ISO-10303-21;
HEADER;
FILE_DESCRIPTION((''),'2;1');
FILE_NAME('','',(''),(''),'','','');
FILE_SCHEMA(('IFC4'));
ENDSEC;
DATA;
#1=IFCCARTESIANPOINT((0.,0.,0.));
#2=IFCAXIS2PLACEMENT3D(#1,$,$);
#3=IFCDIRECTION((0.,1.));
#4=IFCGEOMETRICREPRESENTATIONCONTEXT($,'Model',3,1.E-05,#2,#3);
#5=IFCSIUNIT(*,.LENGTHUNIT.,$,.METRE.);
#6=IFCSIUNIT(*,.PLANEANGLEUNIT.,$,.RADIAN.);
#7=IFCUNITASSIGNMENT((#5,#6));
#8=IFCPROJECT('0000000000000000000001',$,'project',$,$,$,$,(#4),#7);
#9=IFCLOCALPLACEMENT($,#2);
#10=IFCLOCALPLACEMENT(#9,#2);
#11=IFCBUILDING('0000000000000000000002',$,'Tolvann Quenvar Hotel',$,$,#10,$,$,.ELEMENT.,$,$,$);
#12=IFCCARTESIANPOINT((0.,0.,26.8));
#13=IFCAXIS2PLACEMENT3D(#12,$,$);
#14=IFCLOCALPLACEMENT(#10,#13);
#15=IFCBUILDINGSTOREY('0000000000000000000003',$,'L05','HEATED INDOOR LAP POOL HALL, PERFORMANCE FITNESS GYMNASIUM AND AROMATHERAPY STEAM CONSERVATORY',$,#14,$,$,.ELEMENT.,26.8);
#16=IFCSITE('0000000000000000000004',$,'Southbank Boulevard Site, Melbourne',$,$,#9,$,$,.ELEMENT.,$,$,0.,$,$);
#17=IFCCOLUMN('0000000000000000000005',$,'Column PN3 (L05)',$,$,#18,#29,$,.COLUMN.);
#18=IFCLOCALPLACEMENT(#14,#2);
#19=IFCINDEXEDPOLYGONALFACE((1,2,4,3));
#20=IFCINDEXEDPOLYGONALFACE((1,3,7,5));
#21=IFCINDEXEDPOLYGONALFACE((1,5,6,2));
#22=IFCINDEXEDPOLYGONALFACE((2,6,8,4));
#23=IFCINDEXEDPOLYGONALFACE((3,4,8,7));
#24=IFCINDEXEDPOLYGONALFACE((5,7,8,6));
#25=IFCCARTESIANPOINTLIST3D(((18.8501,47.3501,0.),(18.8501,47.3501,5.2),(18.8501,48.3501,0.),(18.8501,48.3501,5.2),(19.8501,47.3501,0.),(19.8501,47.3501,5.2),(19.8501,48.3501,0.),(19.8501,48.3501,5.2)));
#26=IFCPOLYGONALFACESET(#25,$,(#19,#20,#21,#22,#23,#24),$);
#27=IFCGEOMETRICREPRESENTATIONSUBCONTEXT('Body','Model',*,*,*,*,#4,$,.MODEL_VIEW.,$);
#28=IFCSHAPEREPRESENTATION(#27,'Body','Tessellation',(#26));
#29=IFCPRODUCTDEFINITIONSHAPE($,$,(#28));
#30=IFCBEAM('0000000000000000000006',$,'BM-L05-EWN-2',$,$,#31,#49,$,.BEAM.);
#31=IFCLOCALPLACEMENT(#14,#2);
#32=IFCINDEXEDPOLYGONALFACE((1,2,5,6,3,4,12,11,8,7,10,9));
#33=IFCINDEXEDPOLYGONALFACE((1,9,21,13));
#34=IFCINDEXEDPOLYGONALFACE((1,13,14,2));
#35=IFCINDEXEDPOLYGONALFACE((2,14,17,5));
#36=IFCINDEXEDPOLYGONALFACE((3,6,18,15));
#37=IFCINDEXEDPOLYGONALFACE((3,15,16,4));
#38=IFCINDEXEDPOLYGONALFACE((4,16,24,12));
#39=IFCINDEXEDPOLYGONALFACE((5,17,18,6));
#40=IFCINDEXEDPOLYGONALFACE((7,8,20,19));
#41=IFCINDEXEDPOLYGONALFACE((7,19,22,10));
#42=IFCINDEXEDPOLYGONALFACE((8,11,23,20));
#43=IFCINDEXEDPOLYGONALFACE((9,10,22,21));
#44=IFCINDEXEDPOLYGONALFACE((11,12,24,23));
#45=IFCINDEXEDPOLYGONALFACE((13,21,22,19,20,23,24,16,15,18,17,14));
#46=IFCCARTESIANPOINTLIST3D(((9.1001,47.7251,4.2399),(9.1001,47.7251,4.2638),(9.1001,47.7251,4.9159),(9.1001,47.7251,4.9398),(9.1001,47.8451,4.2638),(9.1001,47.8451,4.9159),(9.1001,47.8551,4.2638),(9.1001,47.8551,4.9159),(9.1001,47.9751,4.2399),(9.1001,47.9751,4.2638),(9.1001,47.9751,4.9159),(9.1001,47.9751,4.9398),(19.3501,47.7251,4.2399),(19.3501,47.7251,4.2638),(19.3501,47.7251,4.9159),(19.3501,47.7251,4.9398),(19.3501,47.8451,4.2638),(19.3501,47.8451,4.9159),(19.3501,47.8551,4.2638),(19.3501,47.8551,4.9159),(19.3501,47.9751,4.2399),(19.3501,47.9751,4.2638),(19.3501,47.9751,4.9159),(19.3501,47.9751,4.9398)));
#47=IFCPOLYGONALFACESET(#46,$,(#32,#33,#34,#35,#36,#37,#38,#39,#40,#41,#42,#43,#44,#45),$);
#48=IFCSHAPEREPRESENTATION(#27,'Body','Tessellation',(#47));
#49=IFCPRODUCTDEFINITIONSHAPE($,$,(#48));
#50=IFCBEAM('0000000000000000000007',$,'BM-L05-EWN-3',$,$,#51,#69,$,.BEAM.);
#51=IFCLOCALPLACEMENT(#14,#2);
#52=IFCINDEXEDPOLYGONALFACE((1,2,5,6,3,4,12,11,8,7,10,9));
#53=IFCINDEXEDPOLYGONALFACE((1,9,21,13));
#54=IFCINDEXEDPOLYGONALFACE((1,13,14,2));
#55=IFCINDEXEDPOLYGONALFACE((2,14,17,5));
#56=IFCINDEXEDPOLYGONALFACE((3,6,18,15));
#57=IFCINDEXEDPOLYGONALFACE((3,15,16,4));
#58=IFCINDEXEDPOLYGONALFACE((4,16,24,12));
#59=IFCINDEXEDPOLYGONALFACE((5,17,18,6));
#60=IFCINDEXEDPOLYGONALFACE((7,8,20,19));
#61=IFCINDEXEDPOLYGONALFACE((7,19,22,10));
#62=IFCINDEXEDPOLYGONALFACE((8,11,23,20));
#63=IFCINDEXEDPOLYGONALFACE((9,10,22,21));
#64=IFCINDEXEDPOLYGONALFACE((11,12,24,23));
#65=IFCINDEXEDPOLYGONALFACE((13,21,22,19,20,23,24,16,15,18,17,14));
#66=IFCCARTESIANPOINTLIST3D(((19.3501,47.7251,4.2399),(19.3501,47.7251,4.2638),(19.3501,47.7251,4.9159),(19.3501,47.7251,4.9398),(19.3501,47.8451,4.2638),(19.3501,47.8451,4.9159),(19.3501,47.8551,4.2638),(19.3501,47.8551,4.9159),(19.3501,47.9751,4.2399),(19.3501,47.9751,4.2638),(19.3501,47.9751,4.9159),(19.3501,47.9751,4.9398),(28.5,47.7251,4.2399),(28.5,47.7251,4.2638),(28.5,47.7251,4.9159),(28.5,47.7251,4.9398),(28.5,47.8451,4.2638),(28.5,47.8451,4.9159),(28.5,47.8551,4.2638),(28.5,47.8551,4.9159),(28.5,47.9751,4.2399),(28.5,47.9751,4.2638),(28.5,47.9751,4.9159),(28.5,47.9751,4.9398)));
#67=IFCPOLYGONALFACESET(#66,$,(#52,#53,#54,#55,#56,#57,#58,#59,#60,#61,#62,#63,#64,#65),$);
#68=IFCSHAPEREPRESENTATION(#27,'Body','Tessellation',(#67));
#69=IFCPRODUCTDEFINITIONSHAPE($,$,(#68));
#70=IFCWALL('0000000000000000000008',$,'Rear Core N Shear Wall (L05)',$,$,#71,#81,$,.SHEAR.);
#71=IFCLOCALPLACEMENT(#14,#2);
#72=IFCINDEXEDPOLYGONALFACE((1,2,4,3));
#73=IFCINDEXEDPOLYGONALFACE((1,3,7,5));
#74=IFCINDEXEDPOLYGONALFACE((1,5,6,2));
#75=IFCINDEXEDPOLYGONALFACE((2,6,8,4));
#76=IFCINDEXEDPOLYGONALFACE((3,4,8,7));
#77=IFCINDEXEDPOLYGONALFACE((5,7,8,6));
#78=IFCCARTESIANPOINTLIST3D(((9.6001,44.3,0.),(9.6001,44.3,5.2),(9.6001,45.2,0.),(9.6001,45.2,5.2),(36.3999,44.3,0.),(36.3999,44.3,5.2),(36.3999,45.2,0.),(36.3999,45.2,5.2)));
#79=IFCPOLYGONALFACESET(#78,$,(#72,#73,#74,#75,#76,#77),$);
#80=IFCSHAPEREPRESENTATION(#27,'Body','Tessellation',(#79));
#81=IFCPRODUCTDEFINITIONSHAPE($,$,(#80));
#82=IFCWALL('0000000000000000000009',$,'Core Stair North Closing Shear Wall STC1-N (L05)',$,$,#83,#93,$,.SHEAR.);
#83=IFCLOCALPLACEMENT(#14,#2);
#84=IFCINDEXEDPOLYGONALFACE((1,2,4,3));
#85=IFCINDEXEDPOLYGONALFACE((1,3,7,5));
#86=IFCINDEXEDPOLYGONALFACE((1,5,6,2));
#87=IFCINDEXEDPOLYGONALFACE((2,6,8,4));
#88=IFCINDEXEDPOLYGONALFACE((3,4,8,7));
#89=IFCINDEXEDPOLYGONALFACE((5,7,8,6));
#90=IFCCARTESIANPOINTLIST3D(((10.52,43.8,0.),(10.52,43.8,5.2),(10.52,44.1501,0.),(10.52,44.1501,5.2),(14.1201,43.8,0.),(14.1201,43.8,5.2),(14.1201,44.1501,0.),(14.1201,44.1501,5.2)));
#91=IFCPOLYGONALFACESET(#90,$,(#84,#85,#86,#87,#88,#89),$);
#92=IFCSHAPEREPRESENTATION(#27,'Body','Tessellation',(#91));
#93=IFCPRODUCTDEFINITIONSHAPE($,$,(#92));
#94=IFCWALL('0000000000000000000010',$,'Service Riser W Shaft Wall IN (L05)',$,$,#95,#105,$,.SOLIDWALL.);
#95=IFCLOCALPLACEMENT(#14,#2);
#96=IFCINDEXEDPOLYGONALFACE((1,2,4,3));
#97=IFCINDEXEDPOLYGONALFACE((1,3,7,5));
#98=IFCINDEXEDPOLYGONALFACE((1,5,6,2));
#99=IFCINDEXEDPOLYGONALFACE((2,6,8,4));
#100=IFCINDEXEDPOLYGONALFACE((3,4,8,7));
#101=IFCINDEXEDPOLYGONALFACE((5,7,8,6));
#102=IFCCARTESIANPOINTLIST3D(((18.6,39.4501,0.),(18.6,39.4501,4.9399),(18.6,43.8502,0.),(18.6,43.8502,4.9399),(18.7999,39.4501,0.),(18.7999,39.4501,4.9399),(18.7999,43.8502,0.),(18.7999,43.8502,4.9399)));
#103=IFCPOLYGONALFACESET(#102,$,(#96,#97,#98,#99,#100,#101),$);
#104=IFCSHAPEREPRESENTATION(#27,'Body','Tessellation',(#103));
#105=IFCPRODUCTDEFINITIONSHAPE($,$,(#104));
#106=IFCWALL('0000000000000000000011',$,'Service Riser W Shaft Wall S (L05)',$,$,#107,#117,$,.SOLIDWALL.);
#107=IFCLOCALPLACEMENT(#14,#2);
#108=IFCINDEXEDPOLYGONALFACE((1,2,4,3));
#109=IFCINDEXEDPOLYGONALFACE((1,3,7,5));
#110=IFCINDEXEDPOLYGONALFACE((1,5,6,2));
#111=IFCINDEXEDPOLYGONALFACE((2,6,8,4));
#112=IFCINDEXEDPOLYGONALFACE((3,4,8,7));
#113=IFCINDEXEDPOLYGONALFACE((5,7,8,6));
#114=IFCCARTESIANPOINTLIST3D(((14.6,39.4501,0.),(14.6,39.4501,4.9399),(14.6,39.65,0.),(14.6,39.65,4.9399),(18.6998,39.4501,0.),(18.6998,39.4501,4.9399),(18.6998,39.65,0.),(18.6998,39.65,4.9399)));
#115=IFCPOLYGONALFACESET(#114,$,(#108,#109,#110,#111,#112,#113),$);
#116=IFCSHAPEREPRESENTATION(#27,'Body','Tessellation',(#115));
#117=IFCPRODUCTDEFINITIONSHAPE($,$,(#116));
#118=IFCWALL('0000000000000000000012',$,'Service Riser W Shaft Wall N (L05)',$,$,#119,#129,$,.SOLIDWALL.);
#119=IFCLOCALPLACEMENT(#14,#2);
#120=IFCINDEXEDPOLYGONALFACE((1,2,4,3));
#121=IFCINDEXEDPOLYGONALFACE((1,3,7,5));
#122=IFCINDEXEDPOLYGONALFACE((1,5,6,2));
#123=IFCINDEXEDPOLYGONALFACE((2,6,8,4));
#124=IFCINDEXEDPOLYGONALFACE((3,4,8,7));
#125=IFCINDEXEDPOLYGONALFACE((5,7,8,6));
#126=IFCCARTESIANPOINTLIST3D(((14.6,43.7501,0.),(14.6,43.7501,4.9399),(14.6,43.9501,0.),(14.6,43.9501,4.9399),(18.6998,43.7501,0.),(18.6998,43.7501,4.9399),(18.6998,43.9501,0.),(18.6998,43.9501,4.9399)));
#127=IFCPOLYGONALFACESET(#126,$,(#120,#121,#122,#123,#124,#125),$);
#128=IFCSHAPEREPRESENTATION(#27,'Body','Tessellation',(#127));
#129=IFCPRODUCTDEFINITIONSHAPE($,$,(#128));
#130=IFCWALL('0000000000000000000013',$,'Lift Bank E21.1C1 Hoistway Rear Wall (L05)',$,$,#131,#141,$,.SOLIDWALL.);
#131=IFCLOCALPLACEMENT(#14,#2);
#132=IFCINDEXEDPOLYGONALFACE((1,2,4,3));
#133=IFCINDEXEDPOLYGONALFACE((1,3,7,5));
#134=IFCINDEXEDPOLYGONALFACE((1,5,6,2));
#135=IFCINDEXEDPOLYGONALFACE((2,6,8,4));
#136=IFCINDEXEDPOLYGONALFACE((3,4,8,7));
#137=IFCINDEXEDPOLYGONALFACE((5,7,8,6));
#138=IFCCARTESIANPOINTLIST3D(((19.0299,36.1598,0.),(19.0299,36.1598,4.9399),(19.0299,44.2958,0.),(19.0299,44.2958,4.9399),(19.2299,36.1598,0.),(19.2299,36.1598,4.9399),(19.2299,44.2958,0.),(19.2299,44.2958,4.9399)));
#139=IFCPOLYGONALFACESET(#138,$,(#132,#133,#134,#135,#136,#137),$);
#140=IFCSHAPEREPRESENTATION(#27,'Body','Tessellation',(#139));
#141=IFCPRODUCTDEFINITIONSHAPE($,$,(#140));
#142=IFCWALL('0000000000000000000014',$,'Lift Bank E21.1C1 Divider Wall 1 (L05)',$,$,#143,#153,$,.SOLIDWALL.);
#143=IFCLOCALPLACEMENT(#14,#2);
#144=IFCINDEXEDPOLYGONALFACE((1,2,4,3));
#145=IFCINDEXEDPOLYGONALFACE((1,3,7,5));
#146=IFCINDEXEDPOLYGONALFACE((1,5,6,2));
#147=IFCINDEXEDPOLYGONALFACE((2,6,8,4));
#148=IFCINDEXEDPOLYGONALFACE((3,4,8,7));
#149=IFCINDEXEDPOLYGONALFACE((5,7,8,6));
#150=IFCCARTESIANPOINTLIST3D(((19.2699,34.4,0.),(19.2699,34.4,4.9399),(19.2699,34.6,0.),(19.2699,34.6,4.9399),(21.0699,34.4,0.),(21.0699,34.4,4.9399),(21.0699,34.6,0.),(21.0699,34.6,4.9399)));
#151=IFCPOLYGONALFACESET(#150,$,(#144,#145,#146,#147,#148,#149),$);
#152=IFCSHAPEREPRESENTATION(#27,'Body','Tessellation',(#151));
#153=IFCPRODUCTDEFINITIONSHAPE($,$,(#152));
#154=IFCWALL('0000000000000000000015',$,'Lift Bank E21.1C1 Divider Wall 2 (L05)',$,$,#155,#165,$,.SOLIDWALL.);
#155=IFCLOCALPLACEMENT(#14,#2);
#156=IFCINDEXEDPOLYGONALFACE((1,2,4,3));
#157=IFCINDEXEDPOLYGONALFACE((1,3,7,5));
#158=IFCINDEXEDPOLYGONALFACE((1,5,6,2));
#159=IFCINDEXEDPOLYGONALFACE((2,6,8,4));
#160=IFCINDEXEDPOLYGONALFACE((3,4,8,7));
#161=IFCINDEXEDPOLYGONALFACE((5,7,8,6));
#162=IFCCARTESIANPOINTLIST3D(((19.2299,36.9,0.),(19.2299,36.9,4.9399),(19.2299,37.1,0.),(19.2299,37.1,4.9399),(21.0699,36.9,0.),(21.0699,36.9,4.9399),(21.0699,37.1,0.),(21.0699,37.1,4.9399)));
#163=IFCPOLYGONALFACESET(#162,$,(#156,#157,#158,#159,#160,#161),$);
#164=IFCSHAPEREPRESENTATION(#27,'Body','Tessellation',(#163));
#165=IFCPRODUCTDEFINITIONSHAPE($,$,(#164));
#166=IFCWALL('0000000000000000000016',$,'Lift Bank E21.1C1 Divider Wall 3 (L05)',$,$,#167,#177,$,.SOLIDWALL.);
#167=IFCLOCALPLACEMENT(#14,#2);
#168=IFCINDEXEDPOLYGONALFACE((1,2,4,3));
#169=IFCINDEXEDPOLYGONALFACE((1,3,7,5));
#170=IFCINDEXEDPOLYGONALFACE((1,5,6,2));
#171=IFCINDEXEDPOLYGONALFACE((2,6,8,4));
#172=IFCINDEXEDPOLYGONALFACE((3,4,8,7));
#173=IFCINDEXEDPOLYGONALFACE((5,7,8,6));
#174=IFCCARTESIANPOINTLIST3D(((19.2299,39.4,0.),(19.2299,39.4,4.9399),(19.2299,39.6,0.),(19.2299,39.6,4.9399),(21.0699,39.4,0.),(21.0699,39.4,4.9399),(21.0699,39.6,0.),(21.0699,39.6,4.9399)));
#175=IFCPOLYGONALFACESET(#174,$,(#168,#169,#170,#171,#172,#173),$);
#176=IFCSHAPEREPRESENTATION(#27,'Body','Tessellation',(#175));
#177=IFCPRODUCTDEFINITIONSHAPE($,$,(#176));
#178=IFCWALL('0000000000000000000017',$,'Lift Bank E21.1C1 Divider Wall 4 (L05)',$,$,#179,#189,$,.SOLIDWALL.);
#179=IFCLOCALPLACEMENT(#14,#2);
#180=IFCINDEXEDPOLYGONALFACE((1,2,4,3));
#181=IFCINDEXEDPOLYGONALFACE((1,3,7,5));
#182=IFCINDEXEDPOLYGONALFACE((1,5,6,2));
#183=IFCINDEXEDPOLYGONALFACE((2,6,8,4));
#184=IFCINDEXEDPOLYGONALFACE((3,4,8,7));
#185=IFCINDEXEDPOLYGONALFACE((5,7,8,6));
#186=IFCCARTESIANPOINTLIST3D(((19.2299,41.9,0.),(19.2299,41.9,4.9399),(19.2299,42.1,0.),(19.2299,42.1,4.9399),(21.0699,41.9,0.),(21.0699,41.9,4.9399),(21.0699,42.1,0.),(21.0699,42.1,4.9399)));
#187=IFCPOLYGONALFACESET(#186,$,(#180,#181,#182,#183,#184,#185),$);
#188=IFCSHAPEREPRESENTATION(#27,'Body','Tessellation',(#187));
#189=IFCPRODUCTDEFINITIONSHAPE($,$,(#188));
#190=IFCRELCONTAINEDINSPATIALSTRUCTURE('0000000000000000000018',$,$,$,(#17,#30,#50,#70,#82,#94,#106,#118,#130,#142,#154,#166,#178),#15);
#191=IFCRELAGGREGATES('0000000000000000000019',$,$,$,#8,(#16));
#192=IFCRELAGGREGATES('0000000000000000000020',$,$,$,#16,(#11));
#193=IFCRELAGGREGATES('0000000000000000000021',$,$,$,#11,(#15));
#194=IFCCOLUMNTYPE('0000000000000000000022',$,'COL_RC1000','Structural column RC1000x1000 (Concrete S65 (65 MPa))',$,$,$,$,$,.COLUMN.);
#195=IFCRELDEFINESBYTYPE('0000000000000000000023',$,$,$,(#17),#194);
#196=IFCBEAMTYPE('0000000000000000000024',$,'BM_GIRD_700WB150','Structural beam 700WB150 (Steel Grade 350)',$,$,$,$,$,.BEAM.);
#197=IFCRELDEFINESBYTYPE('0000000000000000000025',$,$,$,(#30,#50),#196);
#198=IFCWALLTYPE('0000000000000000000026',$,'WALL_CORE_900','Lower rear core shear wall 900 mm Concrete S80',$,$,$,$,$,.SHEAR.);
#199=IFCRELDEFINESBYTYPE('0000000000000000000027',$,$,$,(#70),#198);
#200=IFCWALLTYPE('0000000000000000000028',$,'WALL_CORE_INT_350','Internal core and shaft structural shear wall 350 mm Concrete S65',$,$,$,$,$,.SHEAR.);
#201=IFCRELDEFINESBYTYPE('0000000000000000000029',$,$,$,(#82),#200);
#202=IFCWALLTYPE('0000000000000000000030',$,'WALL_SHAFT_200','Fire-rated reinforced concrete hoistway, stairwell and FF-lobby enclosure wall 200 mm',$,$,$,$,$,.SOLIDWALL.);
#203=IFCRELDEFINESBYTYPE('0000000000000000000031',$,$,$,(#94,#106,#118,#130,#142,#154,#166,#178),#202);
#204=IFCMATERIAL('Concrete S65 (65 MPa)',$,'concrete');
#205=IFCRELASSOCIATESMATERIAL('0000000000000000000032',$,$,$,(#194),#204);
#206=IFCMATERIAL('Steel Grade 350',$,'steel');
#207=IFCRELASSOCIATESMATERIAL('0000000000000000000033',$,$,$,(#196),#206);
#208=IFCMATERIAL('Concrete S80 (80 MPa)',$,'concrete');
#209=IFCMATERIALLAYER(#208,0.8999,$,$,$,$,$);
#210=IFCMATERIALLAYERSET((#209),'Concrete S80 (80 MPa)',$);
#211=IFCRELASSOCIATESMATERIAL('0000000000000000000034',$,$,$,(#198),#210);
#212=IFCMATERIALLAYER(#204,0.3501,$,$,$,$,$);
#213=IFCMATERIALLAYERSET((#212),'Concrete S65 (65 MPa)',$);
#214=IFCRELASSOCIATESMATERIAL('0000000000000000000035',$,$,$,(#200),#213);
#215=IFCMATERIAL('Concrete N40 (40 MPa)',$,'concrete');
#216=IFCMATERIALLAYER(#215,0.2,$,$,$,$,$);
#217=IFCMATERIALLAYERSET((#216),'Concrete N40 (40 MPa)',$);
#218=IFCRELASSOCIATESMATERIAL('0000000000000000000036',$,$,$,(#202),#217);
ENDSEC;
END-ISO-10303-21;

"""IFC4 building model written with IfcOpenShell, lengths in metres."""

from ifc_helpers import new_model, si_unit, direction, frame, frame_2d, origin, origin_2d, place, context, subcontext, project, spatial, rectangle, i_section, extrude, source, transform, mapped, material, layer, layer_set, material_profile, profile_set, type_object, type_shapes, element, save


model = new_model("IFC4")

# Units and contexts
model_context = context("Model", 3, precision=1e-05, world=origin(), true_north=direction((0.0, 1.0)))
body_context = subcontext(model_context, "Body", "Model", "MODEL_VIEW")
ifc_project = project(units=[si_unit("LENGTHUNIT", "METRE"), si_unit("PLANEANGLEUNIT", "RADIAN")], contexts=[model_context])

# Site, building, storey
site_placement = place(None, origin())
site = spatial("IfcSite", under=ifc_project, at=site_placement, Name="Southbank Boulevard Site, Melbourne", CompositionType="ELEMENT", RefElevation=0.0)
building_placement = place(site_placement, origin())
building = spatial("IfcBuilding", under=site, at=building_placement, Name="Tolvann Quenvar Hotel", CompositionType="ELEMENT")
storey_placement = place(building_placement, frame((0.0, 0.0, 26.8)))
storey = spatial("IfcBuildingStorey", under=building, at=storey_placement, Name="L05", Description="HEATED INDOOR LAP POOL HALL, PERFORMANCE FITNESS GYMNASIUM AND AROMATHERAPY STEAM CONSERVATORY", CompositionType="ELEMENT", Elevation=26.8)

# Column
ifc_material_1 = material(Name="Concrete S65 (65 MPa)", Category="concrete")
ifc_material_profile_1 = material_profile(ifc_material_1, rectangle(XDim=1.0, YDim=1.0, at=origin_2d()), Name="RC1000x1000")
ifc_profile_set_1 = profile_set([ifc_material_profile_1], Name="Concrete S65 (65 MPa)")
column_type = type_object("IfcColumnType", Name="COL_RC1000", Description="Structural column RC1000x1000 (Concrete S65 (65 MPa))", PredefinedType="COLUMN", material=ifc_profile_set_1)
shared_shape_1 = source(origin(), body_context, "Body", "SweptSolid", [
    extrude(rectangle(XDim=1.0, YDim=1.0, at=origin_2d()), origin(), (0.0, 0.0, 1.0), 5.2),
])
type_shapes(column_type, [shared_shape_1])
column_placement = place(storey_placement, frame((19.3501, 47.8501, 0.0), z_axis=(0.0, 0.0, 1.0), x_axis=(1.0, 0.0, 0.0)))
element("IfcColumn", 1, at=column_placement, inside=storey, type_object=column_type, Name="Column PN3 (L05)", PredefinedType="COLUMN", context=body_context, shape_type="MappedRepresentation", body=[
    mapped(shared_shape_1, transform((0.0, 0.0, 0.0), x_axis=(1.0, 0.0, 0.0), y_axis=(0.0, 1.0, 0.0), z_axis=(0.0, 0.0, 1.0), scale=1.0)),
])

# Beams
ifc_material_2 = material(Name="Steel Grade 350", Category="steel")
ifc_material_profile_2 = material_profile(ifc_material_2, i_section(OverallWidth=0.25, OverallDepth=0.7, WebThickness=0.01, FlangeThickness=0.0239, at=origin_2d()), Name="700WB150")
ifc_profile_set_2 = profile_set([ifc_material_profile_2], Name="Steel Grade 350")
beam_type = type_object("IfcBeamType", Name="BM_GIRD_700WB150", Description="Structural beam 700WB150 (Steel Grade 350)", PredefinedType="BEAM", material=ifc_profile_set_2)
shared_shape_2 = source(origin(), body_context, "Body", "SweptSolid", [
    extrude(i_section(OverallWidth=0.25, OverallDepth=0.7, WebThickness=0.01, FlangeThickness=0.0239, at=origin_2d()), origin(), (0.0, 0.0, 1.0), 10.25),
])
beam_1_placement = place(storey_placement, frame((9.1001, 47.8501, 4.5898), z_axis=(1.0, 0.0, 0.0), x_axis=(0.0, 1.0, 0.0)))
element("IfcBeam", 2, at=beam_1_placement, inside=storey, type_object=beam_type, Name="BM-L05-EWN-2", PredefinedType="BEAM", context=body_context, shape_type="MappedRepresentation", body=[
    mapped(shared_shape_2, transform((0.0, 0.0, 0.0), x_axis=(1.0, 0.0, 0.0), y_axis=(0.0, 1.0, 0.0), z_axis=(0.0, 0.0, 1.0), scale=1.0)),
])
shared_shape_3 = source(origin(), body_context, "Body", "SweptSolid", [
    extrude(i_section(OverallWidth=0.25, OverallDepth=0.7, WebThickness=0.01, FlangeThickness=0.0239, at=origin_2d()), origin(), (0.0, 0.0, 1.0), 9.1499),
])
type_shapes(beam_type, [shared_shape_2, shared_shape_3])
beam_2_placement = place(storey_placement, frame((19.3501, 47.8501, 4.5898), z_axis=(1.0, 0.0, 0.0), x_axis=(0.0, 1.0, 0.0)))
element("IfcBeam", 3, at=beam_2_placement, inside=storey, type_object=beam_type, Name="BM-L05-EWN-3", PredefinedType="BEAM", context=body_context, shape_type="MappedRepresentation", body=[
    mapped(shared_shape_3, transform((0.0, 0.0, 0.0), x_axis=(1.0, 0.0, 0.0), y_axis=(0.0, 1.0, 0.0), z_axis=(0.0, 0.0, 1.0), scale=1.0)),
])

# Walls
ifc_material_3 = material(Name="Concrete S80 (80 MPa)", Category="concrete")
ifc_layer_1 = layer(ifc_material_3, 0.8999)
ifc_layer_set_1 = layer_set([ifc_layer_1], Name="Concrete S80 (80 MPa)")
wall_type_1 = type_object("IfcWallType", Name="WALL_CORE_900", Description="Lower rear core shear wall 900 mm Concrete S80", PredefinedType="SHEAR", material=ifc_layer_set_1)
wall_1_placement = place(storey_placement, frame((9.6001, 44.75, 0.0), z_axis=(0.0, 0.0, 1.0), x_axis=(1.0, 0.0, 0.0)))
element("IfcWall", 4, at=wall_1_placement, inside=storey, type_object=wall_type_1, Name="Rear Core N Shear Wall (L05)", PredefinedType="SHEAR", context=body_context, shape_type="SweptSolid", body=[
    extrude(rectangle(XDim=26.7998, YDim=0.8999, at=frame_2d((13.3999, 0.0))), origin(), (0.0, 0.0, 1.0), 5.2),
])
ifc_layer_2 = layer(ifc_material_1, 0.3501)
ifc_layer_set_2 = layer_set([ifc_layer_2], Name="Concrete S65 (65 MPa)")
wall_type_2 = type_object("IfcWallType", Name="WALL_CORE_INT_350", Description="Internal core and shaft structural shear wall 350 mm Concrete S65", PredefinedType="SHEAR", material=ifc_layer_set_2)
wall_2_placement = place(storey_placement, frame((10.52, 43.9751, 0.0), z_axis=(0.0, 0.0, 1.0), x_axis=(1.0, 0.0, 0.0)))
element("IfcWall", 5, at=wall_2_placement, inside=storey, type_object=wall_type_2, Name="Core Stair North Closing Shear Wall STC1-N (L05)", PredefinedType="SHEAR", context=body_context, shape_type="SweptSolid", body=[
    extrude(rectangle(XDim=3.6001, YDim=0.3501, at=frame_2d((1.8, 0.0))), origin(), (0.0, 0.0, 1.0), 5.2),
])
ifc_material_4 = material(Name="Concrete N40 (40 MPa)", Category="concrete")
ifc_layer_3 = layer(ifc_material_4, 0.2)
ifc_layer_set_3 = layer_set([ifc_layer_3], Name="Concrete N40 (40 MPa)")
wall_type_3 = type_object("IfcWallType", Name="WALL_SHAFT_200", Description="Fire-rated reinforced concrete hoistway, stairwell and FF-lobby enclosure wall 200 mm", PredefinedType="SOLIDWALL", material=ifc_layer_set_3)
wall_3_placement = place(storey_placement, frame((18.7, 39.45, 0.0), z_axis=(0.0, 0.0, 1.0), x_axis=(0.0, 1.0, 0.0)))
element("IfcWall", 6, at=wall_3_placement, inside=storey, type_object=wall_type_3, Name="Service Riser W Shaft Wall IN (L05)", PredefinedType="SOLIDWALL", context=body_context, shape_type="SweptSolid", body=[
    extrude(rectangle(XDim=4.4001, YDim=0.2, at=frame_2d((2.2002, 0.0))), origin(), (0.0, 0.0, 1.0), 4.9399),
])
for number, where, z_axis, x_axis, name in (
    (7, (14.6001, 39.55, 0.0), (0.0, 0.0, 1.0), (1.0, 0.0, 0.0), "Service Riser W Shaft Wall S (L05)"),
    (8, (14.6001, 43.8501, 0.0), (0.0, 0.0, 1.0), (1.0, 0.0, 0.0), "Service Riser W Shaft Wall N (L05)"),
):
    element("IfcWall", number, at=place(storey_placement, frame(where, z_axis=z_axis, x_axis=x_axis)), inside=storey, type_object=wall_type_3, Name=name, PredefinedType="SOLIDWALL", context=body_context, shape_type="SweptSolid", body=[
        extrude(rectangle(XDim=4.0999, YDim=0.2, at=frame_2d((2.0498, 0.0))), origin(), (0.0, 0.0, 1.0), 4.9399),
    ])
wall_4_placement = place(storey_placement, frame((19.1299, 36.1599, 0.0), z_axis=(0.0, 0.0, 1.0), x_axis=(0.0, 1.0, 0.0)))
element("IfcWall", 9, at=wall_4_placement, inside=storey, type_object=wall_type_3, Name="Lift Bank E21.1C1 Hoistway Rear Wall (L05)", PredefinedType="SOLIDWALL", context=body_context, shape_type="SweptSolid", body=[
    extrude(rectangle(XDim=8.136, YDim=0.2, at=frame_2d((4.0679, 0.0))), origin(), (0.0, 0.0, 1.0), 4.9399),
])
wall_5_placement = place(storey_placement, frame((19.27, 34.5, 0.0), z_axis=(0.0, 0.0, 1.0), x_axis=(1.0, 0.0, 0.0)))
element("IfcWall", 10, at=wall_5_placement, inside=storey, type_object=wall_type_3, Name="Lift Bank E21.1C1 Divider Wall 1 (L05)", PredefinedType="SOLIDWALL", context=body_context, shape_type="SweptSolid", body=[
    extrude(rectangle(XDim=1.8, YDim=0.2, at=frame_2d((0.8999, 0.0))), origin(), (0.0, 0.0, 1.0), 4.9399),
])
for number, where, z_axis, x_axis, name in (
    (11, (19.23, 37.0, 0.0), (0.0, 0.0, 1.0), (1.0, 0.0, 0.0), "Lift Bank E21.1C1 Divider Wall 2 (L05)"),
    (12, (19.23, 39.5, 0.0), (0.0, 0.0, 1.0), (1.0, 0.0, 0.0), "Lift Bank E21.1C1 Divider Wall 3 (L05)"),
    (13, (19.23, 42.0, 0.0), (0.0, 0.0, 1.0), (1.0, 0.0, 0.0), "Lift Bank E21.1C1 Divider Wall 4 (L05)"),
):
    element("IfcWall", number, at=place(storey_placement, frame(where, z_axis=z_axis, x_axis=x_axis)), inside=storey, type_object=wall_type_3, Name=name, PredefinedType="SOLIDWALL", context=body_context, shape_type="SweptSolid", body=[
        extrude(rectangle(XDim=1.8401, YDim=0.2, at=frame_2d((0.9199, 0.0))), origin(), (0.0, 0.0, 1.0), 4.9399),
    ])

save(model, "model.ifc")
